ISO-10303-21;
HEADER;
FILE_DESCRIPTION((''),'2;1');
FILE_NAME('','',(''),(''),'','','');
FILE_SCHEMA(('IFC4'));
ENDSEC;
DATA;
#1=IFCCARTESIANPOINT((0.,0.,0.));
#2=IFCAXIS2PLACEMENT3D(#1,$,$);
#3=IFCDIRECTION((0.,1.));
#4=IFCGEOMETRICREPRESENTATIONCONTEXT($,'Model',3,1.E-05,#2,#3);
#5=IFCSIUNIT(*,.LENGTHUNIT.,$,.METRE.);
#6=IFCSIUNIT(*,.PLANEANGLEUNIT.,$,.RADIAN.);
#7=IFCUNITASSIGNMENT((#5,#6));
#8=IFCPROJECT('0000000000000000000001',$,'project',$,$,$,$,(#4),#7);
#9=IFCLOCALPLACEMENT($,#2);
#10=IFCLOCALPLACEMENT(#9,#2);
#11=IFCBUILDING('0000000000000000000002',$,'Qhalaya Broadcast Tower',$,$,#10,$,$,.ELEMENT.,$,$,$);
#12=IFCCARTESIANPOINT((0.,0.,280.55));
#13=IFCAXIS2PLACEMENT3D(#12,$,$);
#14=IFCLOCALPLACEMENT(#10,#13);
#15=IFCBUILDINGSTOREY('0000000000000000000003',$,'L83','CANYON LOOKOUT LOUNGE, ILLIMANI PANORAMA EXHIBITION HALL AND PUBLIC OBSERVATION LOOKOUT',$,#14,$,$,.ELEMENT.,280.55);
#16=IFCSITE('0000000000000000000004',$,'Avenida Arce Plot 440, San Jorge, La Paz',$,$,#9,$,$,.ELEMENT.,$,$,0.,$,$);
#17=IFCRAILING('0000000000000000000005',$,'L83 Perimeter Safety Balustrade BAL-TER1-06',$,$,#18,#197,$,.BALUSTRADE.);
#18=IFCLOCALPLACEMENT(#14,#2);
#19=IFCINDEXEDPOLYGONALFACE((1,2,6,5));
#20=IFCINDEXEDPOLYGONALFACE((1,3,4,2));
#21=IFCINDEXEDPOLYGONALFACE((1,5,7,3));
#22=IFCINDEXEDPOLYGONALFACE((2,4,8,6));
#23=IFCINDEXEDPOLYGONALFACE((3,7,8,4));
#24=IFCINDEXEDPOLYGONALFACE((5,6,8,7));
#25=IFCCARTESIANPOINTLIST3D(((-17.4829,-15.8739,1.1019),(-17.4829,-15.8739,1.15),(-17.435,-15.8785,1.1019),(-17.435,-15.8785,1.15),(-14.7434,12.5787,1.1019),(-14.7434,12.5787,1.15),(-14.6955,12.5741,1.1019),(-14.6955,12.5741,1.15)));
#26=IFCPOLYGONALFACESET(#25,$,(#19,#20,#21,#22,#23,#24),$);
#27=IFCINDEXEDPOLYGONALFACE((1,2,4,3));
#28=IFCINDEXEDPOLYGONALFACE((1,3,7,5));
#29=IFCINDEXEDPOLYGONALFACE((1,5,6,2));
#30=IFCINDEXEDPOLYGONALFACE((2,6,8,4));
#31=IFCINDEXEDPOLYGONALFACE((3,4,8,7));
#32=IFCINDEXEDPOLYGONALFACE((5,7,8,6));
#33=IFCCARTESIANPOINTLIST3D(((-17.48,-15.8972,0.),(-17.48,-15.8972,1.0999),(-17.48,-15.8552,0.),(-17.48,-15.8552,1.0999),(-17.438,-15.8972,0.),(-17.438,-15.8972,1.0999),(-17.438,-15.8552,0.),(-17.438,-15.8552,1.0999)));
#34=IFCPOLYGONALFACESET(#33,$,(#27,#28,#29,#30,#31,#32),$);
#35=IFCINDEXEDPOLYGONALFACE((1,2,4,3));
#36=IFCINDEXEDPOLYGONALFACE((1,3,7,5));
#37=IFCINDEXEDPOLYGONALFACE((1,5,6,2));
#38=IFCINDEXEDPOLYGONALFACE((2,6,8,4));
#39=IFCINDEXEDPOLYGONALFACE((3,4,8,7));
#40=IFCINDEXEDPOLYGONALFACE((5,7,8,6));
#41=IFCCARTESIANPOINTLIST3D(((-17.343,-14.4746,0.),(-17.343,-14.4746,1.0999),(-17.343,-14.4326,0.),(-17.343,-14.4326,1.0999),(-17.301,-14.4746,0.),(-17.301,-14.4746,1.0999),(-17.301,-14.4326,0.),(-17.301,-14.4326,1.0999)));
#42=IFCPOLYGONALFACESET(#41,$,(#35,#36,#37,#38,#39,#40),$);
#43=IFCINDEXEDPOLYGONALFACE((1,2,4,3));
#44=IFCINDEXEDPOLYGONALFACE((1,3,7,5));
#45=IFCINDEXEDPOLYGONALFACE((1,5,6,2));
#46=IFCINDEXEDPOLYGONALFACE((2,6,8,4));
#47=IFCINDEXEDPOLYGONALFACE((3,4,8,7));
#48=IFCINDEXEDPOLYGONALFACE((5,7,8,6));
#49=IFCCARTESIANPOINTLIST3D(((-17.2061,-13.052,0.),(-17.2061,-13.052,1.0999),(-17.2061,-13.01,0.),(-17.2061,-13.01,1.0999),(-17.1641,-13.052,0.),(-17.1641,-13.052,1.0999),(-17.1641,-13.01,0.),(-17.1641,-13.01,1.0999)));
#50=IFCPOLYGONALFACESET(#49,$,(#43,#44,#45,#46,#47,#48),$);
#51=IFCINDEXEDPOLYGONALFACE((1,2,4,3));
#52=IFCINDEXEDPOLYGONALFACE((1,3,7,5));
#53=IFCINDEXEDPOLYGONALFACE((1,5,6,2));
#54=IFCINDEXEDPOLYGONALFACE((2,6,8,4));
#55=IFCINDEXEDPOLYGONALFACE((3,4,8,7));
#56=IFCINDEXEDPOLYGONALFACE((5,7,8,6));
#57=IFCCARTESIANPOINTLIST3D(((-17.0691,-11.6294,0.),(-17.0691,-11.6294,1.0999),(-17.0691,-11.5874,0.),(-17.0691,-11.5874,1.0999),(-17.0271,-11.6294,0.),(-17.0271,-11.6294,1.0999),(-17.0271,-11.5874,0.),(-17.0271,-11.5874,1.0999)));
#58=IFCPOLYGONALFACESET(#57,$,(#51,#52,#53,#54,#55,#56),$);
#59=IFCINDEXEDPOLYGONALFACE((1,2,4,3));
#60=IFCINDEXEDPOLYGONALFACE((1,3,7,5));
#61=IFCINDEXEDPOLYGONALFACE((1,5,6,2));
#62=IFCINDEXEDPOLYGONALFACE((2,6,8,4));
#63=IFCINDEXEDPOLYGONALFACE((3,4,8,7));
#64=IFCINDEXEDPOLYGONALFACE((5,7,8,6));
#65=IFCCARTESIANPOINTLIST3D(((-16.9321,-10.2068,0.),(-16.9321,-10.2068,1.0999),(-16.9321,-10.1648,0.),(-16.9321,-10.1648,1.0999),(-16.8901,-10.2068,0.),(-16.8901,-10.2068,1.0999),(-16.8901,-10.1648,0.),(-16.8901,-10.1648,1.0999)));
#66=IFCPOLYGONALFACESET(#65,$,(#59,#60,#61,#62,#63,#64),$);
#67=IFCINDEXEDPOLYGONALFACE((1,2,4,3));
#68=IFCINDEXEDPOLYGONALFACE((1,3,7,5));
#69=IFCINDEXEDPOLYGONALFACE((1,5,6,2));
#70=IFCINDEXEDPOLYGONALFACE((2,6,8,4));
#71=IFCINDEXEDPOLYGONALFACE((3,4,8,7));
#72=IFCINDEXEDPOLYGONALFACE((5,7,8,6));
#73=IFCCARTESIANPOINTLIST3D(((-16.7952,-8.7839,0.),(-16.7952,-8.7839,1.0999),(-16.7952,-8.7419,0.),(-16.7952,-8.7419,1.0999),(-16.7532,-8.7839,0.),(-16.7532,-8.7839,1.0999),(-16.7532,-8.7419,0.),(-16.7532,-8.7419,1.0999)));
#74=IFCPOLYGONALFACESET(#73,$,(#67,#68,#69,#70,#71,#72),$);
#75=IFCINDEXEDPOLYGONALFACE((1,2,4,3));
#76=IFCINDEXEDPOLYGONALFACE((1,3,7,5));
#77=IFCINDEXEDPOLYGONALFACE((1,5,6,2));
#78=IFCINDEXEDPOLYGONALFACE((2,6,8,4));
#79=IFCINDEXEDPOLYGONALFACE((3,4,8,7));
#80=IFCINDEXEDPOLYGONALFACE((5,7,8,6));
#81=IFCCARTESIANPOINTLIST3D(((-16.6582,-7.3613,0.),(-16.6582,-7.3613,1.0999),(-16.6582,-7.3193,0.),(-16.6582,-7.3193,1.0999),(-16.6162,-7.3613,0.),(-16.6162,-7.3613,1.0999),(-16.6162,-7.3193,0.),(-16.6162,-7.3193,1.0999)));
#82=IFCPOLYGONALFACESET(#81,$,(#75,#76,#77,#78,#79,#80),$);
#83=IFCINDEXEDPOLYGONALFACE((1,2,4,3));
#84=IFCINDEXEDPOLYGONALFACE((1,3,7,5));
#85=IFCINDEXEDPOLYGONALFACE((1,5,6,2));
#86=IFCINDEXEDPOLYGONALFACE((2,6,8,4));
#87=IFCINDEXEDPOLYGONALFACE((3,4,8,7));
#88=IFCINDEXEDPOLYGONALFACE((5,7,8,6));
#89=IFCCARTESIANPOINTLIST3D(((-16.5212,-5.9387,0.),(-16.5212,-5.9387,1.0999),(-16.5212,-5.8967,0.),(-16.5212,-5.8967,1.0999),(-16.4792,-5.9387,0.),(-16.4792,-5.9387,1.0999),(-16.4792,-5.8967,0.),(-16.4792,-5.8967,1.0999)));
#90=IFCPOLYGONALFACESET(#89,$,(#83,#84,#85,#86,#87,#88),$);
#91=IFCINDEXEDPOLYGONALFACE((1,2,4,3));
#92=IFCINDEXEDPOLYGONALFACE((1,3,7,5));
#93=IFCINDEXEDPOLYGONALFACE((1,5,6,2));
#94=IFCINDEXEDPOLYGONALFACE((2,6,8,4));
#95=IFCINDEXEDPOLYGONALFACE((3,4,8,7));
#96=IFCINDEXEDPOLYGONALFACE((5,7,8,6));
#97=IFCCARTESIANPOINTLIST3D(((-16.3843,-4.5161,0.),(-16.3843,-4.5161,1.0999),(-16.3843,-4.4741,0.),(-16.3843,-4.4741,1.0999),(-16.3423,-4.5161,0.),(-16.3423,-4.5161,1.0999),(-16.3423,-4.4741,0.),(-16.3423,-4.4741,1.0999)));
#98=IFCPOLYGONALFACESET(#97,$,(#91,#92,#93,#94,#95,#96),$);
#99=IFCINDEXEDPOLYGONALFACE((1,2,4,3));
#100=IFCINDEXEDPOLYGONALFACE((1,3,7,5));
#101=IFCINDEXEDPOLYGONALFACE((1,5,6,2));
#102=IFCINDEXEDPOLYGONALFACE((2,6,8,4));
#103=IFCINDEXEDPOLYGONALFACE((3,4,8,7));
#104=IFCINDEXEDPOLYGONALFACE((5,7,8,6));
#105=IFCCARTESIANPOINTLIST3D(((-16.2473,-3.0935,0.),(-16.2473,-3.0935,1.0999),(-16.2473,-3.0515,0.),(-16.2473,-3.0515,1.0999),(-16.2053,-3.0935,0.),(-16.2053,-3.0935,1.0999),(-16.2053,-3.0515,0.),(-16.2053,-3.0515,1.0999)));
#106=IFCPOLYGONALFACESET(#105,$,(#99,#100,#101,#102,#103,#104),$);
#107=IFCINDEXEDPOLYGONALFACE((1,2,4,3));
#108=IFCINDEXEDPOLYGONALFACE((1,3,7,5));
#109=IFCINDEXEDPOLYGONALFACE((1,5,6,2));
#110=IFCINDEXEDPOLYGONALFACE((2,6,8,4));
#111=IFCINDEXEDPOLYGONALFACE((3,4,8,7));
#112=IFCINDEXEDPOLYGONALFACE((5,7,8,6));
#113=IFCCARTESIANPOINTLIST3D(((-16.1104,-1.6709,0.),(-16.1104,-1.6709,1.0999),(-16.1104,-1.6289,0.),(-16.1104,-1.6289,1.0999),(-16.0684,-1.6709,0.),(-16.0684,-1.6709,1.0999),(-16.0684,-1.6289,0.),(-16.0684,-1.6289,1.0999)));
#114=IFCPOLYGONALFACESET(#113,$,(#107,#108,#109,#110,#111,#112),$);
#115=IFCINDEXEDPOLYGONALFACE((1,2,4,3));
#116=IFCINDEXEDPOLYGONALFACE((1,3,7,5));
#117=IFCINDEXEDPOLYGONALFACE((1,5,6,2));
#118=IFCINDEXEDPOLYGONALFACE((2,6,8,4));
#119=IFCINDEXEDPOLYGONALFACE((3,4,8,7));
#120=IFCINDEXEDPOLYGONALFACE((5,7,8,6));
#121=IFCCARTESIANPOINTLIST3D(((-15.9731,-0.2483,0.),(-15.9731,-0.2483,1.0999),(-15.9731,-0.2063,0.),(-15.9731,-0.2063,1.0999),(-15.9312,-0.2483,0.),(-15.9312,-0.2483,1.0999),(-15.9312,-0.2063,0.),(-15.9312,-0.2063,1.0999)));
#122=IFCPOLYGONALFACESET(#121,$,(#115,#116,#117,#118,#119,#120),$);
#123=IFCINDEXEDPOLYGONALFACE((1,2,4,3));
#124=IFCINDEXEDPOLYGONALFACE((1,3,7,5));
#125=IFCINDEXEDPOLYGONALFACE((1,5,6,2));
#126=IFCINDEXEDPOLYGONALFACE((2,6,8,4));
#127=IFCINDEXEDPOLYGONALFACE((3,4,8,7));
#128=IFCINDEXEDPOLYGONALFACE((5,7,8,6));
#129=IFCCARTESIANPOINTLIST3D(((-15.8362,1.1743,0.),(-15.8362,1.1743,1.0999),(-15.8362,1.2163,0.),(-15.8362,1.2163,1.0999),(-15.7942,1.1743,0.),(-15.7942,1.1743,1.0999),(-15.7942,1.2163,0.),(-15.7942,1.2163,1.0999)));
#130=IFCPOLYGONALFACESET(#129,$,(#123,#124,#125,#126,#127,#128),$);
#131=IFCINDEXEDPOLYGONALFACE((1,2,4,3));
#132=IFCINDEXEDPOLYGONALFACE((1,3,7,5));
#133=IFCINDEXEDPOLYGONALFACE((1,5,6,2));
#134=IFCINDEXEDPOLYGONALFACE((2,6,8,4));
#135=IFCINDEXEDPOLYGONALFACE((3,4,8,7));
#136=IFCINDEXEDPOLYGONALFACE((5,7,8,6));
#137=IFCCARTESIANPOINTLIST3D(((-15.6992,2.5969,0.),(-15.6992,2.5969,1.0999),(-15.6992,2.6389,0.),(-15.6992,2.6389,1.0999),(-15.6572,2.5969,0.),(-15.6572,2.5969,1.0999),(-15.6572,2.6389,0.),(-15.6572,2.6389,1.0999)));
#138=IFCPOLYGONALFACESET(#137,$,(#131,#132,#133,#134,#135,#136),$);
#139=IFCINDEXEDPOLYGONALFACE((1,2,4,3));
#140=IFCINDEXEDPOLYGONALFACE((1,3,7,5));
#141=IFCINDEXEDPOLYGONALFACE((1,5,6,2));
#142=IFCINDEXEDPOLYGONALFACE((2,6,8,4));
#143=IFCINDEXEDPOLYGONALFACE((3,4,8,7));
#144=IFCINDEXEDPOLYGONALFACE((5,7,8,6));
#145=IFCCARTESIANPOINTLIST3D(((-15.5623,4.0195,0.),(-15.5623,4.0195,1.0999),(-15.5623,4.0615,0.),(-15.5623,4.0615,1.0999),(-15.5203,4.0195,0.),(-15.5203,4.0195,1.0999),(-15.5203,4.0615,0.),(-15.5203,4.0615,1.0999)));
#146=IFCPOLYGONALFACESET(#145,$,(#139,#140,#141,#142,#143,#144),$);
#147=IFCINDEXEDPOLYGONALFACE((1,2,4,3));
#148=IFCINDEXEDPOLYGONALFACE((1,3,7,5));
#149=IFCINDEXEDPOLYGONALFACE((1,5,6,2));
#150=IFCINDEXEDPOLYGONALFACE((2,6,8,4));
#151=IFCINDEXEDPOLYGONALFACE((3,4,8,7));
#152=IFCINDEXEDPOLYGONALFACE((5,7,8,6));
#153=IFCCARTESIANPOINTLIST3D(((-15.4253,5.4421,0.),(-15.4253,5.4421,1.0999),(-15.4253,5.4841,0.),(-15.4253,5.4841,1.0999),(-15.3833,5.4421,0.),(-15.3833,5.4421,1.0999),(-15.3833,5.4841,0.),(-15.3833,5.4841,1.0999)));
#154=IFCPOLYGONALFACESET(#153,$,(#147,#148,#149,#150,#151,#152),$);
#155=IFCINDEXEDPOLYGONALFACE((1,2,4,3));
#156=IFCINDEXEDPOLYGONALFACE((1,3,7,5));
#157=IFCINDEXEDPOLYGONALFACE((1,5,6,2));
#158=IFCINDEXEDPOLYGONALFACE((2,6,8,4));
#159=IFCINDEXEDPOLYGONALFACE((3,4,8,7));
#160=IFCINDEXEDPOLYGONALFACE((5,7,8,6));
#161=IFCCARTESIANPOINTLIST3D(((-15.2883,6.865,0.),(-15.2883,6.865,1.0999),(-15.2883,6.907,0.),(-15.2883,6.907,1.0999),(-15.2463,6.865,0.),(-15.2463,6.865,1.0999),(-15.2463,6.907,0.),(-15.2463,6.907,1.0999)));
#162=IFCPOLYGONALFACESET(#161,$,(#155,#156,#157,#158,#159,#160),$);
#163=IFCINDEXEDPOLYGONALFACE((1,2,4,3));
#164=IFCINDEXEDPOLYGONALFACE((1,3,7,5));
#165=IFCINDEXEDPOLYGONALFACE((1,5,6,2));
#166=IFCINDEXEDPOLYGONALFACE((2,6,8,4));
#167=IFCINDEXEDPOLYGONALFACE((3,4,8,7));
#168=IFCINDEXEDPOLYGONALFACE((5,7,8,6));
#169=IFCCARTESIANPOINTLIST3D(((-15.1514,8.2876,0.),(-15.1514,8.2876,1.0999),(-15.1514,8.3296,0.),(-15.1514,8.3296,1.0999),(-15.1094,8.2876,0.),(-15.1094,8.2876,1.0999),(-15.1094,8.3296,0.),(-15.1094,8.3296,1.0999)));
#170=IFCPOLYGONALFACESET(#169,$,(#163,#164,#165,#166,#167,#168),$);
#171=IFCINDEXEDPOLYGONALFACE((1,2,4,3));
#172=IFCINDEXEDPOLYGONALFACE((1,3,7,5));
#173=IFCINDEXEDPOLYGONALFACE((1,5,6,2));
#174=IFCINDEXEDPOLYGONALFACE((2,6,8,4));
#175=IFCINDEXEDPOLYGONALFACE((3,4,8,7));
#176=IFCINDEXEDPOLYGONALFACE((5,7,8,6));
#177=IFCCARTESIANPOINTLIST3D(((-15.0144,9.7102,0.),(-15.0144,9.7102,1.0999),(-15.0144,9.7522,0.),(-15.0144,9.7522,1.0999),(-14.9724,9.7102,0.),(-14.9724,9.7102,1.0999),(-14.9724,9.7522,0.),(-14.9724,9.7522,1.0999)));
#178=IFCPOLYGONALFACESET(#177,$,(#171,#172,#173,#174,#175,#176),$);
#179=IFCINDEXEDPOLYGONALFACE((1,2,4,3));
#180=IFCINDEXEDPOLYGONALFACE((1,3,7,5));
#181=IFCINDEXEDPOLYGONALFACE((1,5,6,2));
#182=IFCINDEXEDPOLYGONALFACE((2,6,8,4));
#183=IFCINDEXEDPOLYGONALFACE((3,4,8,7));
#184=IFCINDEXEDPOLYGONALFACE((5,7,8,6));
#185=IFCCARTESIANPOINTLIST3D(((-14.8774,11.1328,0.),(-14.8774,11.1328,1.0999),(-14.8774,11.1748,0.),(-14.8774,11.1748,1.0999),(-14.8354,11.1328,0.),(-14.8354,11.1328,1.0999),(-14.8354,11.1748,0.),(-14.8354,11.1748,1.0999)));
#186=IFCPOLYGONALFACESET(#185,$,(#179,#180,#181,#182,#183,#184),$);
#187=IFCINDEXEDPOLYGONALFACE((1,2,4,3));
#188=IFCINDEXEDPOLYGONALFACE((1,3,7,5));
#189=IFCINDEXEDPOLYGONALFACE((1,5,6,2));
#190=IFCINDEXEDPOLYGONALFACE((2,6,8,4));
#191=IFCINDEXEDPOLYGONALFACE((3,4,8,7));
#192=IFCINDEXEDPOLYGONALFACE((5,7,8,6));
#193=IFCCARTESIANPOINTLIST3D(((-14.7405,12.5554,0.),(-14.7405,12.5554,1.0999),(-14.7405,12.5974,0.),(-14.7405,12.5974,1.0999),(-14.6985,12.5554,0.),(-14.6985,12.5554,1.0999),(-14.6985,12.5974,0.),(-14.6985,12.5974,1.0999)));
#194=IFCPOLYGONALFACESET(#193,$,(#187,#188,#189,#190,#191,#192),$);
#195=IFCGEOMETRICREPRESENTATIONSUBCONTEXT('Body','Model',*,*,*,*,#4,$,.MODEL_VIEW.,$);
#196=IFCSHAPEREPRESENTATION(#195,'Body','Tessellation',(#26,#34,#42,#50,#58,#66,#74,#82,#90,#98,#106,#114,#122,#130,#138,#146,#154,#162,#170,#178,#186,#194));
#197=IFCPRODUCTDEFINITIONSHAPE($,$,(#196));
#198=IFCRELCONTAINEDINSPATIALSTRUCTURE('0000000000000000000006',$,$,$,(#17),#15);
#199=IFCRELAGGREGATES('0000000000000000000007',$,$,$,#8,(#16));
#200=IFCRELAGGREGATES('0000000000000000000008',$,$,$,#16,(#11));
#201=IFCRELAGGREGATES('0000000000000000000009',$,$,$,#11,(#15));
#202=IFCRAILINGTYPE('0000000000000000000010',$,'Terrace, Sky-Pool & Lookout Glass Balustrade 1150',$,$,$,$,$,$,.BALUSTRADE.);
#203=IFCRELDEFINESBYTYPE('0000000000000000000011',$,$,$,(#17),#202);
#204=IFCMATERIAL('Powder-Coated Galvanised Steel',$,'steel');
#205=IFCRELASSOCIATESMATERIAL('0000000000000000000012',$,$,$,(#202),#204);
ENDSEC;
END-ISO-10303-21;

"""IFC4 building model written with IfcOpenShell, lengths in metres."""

from ifc_helpers import new_model, si_unit, direction, frame, origin, origin_2d, place, context, subcontext, project, spatial, rectangle, extrude, material, type_object, element, save


model = new_model("IFC4")

# Units and contexts
model_context = context("Model", 3, precision=1e-05, world=origin(), true_north=direction((0.0, 1.0)))
body_context = subcontext(model_context, "Body", "Model", "MODEL_VIEW")
ifc_project = project(units=[si_unit("LENGTHUNIT", "METRE"), si_unit("PLANEANGLEUNIT", "RADIAN")], contexts=[model_context])

# Site, building, storey
site_placement = place(None, origin())
site = spatial("IfcSite", under=ifc_project, at=site_placement, Name="Avenida Arce Plot 440, San Jorge, La Paz", CompositionType="ELEMENT", RefElevation=0.0)
building_placement = place(site_placement, origin())
building = spatial("IfcBuilding", under=site, at=building_placement, Name="Qhalaya Broadcast Tower", CompositionType="ELEMENT")
storey_placement = place(building_placement, frame((0.0, 0.0, 280.55)))
storey = spatial("IfcBuildingStorey", under=building, at=storey_placement, Name="L83", Description="CANYON LOOKOUT LOUNGE, ILLIMANI PANORAMA EXHIBITION HALL AND PUBLIC OBSERVATION LOOKOUT", CompositionType="ELEMENT", Elevation=280.55)

# Railing
ifc_material_1 = material(Name="Powder-Coated Galvanised Steel", Category="steel")
railing_type = type_object("IfcRailingType", Name="Terrace, Sky-Pool & Lookout Glass Balustrade 1150", PredefinedType="BALUSTRADE", material=ifc_material_1)
railing_1_placement = place(storey_placement, frame((-17.459, -15.8762, 0.0)))
element("IfcRailing", 1, at=railing_1_placement, inside=storey, type_object=railing_type, Name="L83 Perimeter Safety Balustrade BAL-TER1-06", PredefinedType="BALUSTRADE", context=body_context, shape_type="SweptSolid", body=[
    extrude(rectangle(XDim=0.0481, YDim=0.0481, at=origin_2d()), frame((0.0, 0.0, 1.126), z_axis=(0.09584, 0.995397, 0.0), x_axis=(-0.995397, 0.09584, 0.0)), (0.0, 0.0, 1.0), 28.5842),
    extrude(rectangle(XDim=0.042, YDim=0.042, at=origin_2d()), origin(), (0.0, 0.0, 1.0), 1.0999),
    extrude(rectangle(XDim=0.042, YDim=0.042, at=origin_2d()), frame((0.137, 1.4226, 0.0)), (0.0, 0.0, 1.0), 1.0999),
    extrude(rectangle(XDim=0.042, YDim=0.042, at=origin_2d()), frame((0.2739, 2.8452, 0.0)), (0.0, 0.0, 1.0), 1.0999),
    extrude(rectangle(XDim=0.042, YDim=0.042, at=origin_2d()), frame((0.4109, 4.2678, 0.0)), (0.0, 0.0, 1.0), 1.0999),
    extrude(rectangle(XDim=0.042, YDim=0.042, at=origin_2d()), frame((0.5479, 5.6904, 0.0)), (0.0, 0.0, 1.0), 1.0999),
    extrude(rectangle(XDim=0.042, YDim=0.042, at=origin_2d()), frame((0.6848, 7.1133, 0.0)), (0.0, 0.0, 1.0), 1.0999),
    extrude(rectangle(XDim=0.042, YDim=0.042, at=origin_2d()), frame((0.8218, 8.5359, 0.0)), (0.0, 0.0, 1.0), 1.0999),
    extrude(rectangle(XDim=0.042, YDim=0.042, at=origin_2d()), frame((0.9587, 9.9585, 0.0)), (0.0, 0.0, 1.0), 1.0999),
    extrude(rectangle(XDim=0.042, YDim=0.042, at=origin_2d()), frame((1.0957, 11.3811, 0.0)), (0.0, 0.0, 1.0), 1.0999),
    extrude(rectangle(XDim=0.042, YDim=0.042, at=origin_2d()), frame((1.2327, 12.8037, 0.0)), (0.0, 0.0, 1.0), 1.0999),
    extrude(rectangle(XDim=0.042, YDim=0.042, at=origin_2d()), frame((1.3696, 14.2263, 0.0)), (0.0, 0.0, 1.0), 1.0999),
    extrude(rectangle(XDim=0.042, YDim=0.042, at=origin_2d()), frame((1.5068, 15.6489, 0.0)), (0.0, 0.0, 1.0), 1.0999),
    extrude(rectangle(XDim=0.042, YDim=0.042, at=origin_2d()), frame((1.6438, 17.0715, 0.0)), (0.0, 0.0, 1.0), 1.0999),
    extrude(rectangle(XDim=0.042, YDim=0.042, at=origin_2d()), frame((1.7808, 18.4941, 0.0)), (0.0, 0.0, 1.0), 1.0999),
    extrude(rectangle(XDim=0.042, YDim=0.042, at=origin_2d()), frame((1.9177, 19.9167, 0.0)), (0.0, 0.0, 1.0), 1.0999),
    extrude(rectangle(XDim=0.042, YDim=0.042, at=origin_2d()), frame((2.0547, 21.3394, 0.0)), (0.0, 0.0, 1.0), 1.0999),
    extrude(rectangle(XDim=0.042, YDim=0.042, at=origin_2d()), frame((2.1917, 22.7622, 0.0)), (0.0, 0.0, 1.0), 1.0999),
    extrude(rectangle(XDim=0.042, YDim=0.042, at=origin_2d()), frame((2.3286, 24.1848, 0.0)), (0.0, 0.0, 1.0), 1.0999),
    extrude(rectangle(XDim=0.042, YDim=0.042, at=origin_2d()), frame((2.4656, 25.6074, 0.0)), (0.0, 0.0, 1.0), 1.0999),
    extrude(rectangle(XDim=0.042, YDim=0.042, at=origin_2d()), frame((2.6025, 27.03, 0.0)), (0.0, 0.0, 1.0), 1.0999),
    extrude(rectangle(XDim=0.042, YDim=0.042, at=origin_2d()), frame((2.7395, 28.4526, 0.0)), (0.0, 0.0, 1.0), 1.0999),
])

save(model, "model.ifc")
